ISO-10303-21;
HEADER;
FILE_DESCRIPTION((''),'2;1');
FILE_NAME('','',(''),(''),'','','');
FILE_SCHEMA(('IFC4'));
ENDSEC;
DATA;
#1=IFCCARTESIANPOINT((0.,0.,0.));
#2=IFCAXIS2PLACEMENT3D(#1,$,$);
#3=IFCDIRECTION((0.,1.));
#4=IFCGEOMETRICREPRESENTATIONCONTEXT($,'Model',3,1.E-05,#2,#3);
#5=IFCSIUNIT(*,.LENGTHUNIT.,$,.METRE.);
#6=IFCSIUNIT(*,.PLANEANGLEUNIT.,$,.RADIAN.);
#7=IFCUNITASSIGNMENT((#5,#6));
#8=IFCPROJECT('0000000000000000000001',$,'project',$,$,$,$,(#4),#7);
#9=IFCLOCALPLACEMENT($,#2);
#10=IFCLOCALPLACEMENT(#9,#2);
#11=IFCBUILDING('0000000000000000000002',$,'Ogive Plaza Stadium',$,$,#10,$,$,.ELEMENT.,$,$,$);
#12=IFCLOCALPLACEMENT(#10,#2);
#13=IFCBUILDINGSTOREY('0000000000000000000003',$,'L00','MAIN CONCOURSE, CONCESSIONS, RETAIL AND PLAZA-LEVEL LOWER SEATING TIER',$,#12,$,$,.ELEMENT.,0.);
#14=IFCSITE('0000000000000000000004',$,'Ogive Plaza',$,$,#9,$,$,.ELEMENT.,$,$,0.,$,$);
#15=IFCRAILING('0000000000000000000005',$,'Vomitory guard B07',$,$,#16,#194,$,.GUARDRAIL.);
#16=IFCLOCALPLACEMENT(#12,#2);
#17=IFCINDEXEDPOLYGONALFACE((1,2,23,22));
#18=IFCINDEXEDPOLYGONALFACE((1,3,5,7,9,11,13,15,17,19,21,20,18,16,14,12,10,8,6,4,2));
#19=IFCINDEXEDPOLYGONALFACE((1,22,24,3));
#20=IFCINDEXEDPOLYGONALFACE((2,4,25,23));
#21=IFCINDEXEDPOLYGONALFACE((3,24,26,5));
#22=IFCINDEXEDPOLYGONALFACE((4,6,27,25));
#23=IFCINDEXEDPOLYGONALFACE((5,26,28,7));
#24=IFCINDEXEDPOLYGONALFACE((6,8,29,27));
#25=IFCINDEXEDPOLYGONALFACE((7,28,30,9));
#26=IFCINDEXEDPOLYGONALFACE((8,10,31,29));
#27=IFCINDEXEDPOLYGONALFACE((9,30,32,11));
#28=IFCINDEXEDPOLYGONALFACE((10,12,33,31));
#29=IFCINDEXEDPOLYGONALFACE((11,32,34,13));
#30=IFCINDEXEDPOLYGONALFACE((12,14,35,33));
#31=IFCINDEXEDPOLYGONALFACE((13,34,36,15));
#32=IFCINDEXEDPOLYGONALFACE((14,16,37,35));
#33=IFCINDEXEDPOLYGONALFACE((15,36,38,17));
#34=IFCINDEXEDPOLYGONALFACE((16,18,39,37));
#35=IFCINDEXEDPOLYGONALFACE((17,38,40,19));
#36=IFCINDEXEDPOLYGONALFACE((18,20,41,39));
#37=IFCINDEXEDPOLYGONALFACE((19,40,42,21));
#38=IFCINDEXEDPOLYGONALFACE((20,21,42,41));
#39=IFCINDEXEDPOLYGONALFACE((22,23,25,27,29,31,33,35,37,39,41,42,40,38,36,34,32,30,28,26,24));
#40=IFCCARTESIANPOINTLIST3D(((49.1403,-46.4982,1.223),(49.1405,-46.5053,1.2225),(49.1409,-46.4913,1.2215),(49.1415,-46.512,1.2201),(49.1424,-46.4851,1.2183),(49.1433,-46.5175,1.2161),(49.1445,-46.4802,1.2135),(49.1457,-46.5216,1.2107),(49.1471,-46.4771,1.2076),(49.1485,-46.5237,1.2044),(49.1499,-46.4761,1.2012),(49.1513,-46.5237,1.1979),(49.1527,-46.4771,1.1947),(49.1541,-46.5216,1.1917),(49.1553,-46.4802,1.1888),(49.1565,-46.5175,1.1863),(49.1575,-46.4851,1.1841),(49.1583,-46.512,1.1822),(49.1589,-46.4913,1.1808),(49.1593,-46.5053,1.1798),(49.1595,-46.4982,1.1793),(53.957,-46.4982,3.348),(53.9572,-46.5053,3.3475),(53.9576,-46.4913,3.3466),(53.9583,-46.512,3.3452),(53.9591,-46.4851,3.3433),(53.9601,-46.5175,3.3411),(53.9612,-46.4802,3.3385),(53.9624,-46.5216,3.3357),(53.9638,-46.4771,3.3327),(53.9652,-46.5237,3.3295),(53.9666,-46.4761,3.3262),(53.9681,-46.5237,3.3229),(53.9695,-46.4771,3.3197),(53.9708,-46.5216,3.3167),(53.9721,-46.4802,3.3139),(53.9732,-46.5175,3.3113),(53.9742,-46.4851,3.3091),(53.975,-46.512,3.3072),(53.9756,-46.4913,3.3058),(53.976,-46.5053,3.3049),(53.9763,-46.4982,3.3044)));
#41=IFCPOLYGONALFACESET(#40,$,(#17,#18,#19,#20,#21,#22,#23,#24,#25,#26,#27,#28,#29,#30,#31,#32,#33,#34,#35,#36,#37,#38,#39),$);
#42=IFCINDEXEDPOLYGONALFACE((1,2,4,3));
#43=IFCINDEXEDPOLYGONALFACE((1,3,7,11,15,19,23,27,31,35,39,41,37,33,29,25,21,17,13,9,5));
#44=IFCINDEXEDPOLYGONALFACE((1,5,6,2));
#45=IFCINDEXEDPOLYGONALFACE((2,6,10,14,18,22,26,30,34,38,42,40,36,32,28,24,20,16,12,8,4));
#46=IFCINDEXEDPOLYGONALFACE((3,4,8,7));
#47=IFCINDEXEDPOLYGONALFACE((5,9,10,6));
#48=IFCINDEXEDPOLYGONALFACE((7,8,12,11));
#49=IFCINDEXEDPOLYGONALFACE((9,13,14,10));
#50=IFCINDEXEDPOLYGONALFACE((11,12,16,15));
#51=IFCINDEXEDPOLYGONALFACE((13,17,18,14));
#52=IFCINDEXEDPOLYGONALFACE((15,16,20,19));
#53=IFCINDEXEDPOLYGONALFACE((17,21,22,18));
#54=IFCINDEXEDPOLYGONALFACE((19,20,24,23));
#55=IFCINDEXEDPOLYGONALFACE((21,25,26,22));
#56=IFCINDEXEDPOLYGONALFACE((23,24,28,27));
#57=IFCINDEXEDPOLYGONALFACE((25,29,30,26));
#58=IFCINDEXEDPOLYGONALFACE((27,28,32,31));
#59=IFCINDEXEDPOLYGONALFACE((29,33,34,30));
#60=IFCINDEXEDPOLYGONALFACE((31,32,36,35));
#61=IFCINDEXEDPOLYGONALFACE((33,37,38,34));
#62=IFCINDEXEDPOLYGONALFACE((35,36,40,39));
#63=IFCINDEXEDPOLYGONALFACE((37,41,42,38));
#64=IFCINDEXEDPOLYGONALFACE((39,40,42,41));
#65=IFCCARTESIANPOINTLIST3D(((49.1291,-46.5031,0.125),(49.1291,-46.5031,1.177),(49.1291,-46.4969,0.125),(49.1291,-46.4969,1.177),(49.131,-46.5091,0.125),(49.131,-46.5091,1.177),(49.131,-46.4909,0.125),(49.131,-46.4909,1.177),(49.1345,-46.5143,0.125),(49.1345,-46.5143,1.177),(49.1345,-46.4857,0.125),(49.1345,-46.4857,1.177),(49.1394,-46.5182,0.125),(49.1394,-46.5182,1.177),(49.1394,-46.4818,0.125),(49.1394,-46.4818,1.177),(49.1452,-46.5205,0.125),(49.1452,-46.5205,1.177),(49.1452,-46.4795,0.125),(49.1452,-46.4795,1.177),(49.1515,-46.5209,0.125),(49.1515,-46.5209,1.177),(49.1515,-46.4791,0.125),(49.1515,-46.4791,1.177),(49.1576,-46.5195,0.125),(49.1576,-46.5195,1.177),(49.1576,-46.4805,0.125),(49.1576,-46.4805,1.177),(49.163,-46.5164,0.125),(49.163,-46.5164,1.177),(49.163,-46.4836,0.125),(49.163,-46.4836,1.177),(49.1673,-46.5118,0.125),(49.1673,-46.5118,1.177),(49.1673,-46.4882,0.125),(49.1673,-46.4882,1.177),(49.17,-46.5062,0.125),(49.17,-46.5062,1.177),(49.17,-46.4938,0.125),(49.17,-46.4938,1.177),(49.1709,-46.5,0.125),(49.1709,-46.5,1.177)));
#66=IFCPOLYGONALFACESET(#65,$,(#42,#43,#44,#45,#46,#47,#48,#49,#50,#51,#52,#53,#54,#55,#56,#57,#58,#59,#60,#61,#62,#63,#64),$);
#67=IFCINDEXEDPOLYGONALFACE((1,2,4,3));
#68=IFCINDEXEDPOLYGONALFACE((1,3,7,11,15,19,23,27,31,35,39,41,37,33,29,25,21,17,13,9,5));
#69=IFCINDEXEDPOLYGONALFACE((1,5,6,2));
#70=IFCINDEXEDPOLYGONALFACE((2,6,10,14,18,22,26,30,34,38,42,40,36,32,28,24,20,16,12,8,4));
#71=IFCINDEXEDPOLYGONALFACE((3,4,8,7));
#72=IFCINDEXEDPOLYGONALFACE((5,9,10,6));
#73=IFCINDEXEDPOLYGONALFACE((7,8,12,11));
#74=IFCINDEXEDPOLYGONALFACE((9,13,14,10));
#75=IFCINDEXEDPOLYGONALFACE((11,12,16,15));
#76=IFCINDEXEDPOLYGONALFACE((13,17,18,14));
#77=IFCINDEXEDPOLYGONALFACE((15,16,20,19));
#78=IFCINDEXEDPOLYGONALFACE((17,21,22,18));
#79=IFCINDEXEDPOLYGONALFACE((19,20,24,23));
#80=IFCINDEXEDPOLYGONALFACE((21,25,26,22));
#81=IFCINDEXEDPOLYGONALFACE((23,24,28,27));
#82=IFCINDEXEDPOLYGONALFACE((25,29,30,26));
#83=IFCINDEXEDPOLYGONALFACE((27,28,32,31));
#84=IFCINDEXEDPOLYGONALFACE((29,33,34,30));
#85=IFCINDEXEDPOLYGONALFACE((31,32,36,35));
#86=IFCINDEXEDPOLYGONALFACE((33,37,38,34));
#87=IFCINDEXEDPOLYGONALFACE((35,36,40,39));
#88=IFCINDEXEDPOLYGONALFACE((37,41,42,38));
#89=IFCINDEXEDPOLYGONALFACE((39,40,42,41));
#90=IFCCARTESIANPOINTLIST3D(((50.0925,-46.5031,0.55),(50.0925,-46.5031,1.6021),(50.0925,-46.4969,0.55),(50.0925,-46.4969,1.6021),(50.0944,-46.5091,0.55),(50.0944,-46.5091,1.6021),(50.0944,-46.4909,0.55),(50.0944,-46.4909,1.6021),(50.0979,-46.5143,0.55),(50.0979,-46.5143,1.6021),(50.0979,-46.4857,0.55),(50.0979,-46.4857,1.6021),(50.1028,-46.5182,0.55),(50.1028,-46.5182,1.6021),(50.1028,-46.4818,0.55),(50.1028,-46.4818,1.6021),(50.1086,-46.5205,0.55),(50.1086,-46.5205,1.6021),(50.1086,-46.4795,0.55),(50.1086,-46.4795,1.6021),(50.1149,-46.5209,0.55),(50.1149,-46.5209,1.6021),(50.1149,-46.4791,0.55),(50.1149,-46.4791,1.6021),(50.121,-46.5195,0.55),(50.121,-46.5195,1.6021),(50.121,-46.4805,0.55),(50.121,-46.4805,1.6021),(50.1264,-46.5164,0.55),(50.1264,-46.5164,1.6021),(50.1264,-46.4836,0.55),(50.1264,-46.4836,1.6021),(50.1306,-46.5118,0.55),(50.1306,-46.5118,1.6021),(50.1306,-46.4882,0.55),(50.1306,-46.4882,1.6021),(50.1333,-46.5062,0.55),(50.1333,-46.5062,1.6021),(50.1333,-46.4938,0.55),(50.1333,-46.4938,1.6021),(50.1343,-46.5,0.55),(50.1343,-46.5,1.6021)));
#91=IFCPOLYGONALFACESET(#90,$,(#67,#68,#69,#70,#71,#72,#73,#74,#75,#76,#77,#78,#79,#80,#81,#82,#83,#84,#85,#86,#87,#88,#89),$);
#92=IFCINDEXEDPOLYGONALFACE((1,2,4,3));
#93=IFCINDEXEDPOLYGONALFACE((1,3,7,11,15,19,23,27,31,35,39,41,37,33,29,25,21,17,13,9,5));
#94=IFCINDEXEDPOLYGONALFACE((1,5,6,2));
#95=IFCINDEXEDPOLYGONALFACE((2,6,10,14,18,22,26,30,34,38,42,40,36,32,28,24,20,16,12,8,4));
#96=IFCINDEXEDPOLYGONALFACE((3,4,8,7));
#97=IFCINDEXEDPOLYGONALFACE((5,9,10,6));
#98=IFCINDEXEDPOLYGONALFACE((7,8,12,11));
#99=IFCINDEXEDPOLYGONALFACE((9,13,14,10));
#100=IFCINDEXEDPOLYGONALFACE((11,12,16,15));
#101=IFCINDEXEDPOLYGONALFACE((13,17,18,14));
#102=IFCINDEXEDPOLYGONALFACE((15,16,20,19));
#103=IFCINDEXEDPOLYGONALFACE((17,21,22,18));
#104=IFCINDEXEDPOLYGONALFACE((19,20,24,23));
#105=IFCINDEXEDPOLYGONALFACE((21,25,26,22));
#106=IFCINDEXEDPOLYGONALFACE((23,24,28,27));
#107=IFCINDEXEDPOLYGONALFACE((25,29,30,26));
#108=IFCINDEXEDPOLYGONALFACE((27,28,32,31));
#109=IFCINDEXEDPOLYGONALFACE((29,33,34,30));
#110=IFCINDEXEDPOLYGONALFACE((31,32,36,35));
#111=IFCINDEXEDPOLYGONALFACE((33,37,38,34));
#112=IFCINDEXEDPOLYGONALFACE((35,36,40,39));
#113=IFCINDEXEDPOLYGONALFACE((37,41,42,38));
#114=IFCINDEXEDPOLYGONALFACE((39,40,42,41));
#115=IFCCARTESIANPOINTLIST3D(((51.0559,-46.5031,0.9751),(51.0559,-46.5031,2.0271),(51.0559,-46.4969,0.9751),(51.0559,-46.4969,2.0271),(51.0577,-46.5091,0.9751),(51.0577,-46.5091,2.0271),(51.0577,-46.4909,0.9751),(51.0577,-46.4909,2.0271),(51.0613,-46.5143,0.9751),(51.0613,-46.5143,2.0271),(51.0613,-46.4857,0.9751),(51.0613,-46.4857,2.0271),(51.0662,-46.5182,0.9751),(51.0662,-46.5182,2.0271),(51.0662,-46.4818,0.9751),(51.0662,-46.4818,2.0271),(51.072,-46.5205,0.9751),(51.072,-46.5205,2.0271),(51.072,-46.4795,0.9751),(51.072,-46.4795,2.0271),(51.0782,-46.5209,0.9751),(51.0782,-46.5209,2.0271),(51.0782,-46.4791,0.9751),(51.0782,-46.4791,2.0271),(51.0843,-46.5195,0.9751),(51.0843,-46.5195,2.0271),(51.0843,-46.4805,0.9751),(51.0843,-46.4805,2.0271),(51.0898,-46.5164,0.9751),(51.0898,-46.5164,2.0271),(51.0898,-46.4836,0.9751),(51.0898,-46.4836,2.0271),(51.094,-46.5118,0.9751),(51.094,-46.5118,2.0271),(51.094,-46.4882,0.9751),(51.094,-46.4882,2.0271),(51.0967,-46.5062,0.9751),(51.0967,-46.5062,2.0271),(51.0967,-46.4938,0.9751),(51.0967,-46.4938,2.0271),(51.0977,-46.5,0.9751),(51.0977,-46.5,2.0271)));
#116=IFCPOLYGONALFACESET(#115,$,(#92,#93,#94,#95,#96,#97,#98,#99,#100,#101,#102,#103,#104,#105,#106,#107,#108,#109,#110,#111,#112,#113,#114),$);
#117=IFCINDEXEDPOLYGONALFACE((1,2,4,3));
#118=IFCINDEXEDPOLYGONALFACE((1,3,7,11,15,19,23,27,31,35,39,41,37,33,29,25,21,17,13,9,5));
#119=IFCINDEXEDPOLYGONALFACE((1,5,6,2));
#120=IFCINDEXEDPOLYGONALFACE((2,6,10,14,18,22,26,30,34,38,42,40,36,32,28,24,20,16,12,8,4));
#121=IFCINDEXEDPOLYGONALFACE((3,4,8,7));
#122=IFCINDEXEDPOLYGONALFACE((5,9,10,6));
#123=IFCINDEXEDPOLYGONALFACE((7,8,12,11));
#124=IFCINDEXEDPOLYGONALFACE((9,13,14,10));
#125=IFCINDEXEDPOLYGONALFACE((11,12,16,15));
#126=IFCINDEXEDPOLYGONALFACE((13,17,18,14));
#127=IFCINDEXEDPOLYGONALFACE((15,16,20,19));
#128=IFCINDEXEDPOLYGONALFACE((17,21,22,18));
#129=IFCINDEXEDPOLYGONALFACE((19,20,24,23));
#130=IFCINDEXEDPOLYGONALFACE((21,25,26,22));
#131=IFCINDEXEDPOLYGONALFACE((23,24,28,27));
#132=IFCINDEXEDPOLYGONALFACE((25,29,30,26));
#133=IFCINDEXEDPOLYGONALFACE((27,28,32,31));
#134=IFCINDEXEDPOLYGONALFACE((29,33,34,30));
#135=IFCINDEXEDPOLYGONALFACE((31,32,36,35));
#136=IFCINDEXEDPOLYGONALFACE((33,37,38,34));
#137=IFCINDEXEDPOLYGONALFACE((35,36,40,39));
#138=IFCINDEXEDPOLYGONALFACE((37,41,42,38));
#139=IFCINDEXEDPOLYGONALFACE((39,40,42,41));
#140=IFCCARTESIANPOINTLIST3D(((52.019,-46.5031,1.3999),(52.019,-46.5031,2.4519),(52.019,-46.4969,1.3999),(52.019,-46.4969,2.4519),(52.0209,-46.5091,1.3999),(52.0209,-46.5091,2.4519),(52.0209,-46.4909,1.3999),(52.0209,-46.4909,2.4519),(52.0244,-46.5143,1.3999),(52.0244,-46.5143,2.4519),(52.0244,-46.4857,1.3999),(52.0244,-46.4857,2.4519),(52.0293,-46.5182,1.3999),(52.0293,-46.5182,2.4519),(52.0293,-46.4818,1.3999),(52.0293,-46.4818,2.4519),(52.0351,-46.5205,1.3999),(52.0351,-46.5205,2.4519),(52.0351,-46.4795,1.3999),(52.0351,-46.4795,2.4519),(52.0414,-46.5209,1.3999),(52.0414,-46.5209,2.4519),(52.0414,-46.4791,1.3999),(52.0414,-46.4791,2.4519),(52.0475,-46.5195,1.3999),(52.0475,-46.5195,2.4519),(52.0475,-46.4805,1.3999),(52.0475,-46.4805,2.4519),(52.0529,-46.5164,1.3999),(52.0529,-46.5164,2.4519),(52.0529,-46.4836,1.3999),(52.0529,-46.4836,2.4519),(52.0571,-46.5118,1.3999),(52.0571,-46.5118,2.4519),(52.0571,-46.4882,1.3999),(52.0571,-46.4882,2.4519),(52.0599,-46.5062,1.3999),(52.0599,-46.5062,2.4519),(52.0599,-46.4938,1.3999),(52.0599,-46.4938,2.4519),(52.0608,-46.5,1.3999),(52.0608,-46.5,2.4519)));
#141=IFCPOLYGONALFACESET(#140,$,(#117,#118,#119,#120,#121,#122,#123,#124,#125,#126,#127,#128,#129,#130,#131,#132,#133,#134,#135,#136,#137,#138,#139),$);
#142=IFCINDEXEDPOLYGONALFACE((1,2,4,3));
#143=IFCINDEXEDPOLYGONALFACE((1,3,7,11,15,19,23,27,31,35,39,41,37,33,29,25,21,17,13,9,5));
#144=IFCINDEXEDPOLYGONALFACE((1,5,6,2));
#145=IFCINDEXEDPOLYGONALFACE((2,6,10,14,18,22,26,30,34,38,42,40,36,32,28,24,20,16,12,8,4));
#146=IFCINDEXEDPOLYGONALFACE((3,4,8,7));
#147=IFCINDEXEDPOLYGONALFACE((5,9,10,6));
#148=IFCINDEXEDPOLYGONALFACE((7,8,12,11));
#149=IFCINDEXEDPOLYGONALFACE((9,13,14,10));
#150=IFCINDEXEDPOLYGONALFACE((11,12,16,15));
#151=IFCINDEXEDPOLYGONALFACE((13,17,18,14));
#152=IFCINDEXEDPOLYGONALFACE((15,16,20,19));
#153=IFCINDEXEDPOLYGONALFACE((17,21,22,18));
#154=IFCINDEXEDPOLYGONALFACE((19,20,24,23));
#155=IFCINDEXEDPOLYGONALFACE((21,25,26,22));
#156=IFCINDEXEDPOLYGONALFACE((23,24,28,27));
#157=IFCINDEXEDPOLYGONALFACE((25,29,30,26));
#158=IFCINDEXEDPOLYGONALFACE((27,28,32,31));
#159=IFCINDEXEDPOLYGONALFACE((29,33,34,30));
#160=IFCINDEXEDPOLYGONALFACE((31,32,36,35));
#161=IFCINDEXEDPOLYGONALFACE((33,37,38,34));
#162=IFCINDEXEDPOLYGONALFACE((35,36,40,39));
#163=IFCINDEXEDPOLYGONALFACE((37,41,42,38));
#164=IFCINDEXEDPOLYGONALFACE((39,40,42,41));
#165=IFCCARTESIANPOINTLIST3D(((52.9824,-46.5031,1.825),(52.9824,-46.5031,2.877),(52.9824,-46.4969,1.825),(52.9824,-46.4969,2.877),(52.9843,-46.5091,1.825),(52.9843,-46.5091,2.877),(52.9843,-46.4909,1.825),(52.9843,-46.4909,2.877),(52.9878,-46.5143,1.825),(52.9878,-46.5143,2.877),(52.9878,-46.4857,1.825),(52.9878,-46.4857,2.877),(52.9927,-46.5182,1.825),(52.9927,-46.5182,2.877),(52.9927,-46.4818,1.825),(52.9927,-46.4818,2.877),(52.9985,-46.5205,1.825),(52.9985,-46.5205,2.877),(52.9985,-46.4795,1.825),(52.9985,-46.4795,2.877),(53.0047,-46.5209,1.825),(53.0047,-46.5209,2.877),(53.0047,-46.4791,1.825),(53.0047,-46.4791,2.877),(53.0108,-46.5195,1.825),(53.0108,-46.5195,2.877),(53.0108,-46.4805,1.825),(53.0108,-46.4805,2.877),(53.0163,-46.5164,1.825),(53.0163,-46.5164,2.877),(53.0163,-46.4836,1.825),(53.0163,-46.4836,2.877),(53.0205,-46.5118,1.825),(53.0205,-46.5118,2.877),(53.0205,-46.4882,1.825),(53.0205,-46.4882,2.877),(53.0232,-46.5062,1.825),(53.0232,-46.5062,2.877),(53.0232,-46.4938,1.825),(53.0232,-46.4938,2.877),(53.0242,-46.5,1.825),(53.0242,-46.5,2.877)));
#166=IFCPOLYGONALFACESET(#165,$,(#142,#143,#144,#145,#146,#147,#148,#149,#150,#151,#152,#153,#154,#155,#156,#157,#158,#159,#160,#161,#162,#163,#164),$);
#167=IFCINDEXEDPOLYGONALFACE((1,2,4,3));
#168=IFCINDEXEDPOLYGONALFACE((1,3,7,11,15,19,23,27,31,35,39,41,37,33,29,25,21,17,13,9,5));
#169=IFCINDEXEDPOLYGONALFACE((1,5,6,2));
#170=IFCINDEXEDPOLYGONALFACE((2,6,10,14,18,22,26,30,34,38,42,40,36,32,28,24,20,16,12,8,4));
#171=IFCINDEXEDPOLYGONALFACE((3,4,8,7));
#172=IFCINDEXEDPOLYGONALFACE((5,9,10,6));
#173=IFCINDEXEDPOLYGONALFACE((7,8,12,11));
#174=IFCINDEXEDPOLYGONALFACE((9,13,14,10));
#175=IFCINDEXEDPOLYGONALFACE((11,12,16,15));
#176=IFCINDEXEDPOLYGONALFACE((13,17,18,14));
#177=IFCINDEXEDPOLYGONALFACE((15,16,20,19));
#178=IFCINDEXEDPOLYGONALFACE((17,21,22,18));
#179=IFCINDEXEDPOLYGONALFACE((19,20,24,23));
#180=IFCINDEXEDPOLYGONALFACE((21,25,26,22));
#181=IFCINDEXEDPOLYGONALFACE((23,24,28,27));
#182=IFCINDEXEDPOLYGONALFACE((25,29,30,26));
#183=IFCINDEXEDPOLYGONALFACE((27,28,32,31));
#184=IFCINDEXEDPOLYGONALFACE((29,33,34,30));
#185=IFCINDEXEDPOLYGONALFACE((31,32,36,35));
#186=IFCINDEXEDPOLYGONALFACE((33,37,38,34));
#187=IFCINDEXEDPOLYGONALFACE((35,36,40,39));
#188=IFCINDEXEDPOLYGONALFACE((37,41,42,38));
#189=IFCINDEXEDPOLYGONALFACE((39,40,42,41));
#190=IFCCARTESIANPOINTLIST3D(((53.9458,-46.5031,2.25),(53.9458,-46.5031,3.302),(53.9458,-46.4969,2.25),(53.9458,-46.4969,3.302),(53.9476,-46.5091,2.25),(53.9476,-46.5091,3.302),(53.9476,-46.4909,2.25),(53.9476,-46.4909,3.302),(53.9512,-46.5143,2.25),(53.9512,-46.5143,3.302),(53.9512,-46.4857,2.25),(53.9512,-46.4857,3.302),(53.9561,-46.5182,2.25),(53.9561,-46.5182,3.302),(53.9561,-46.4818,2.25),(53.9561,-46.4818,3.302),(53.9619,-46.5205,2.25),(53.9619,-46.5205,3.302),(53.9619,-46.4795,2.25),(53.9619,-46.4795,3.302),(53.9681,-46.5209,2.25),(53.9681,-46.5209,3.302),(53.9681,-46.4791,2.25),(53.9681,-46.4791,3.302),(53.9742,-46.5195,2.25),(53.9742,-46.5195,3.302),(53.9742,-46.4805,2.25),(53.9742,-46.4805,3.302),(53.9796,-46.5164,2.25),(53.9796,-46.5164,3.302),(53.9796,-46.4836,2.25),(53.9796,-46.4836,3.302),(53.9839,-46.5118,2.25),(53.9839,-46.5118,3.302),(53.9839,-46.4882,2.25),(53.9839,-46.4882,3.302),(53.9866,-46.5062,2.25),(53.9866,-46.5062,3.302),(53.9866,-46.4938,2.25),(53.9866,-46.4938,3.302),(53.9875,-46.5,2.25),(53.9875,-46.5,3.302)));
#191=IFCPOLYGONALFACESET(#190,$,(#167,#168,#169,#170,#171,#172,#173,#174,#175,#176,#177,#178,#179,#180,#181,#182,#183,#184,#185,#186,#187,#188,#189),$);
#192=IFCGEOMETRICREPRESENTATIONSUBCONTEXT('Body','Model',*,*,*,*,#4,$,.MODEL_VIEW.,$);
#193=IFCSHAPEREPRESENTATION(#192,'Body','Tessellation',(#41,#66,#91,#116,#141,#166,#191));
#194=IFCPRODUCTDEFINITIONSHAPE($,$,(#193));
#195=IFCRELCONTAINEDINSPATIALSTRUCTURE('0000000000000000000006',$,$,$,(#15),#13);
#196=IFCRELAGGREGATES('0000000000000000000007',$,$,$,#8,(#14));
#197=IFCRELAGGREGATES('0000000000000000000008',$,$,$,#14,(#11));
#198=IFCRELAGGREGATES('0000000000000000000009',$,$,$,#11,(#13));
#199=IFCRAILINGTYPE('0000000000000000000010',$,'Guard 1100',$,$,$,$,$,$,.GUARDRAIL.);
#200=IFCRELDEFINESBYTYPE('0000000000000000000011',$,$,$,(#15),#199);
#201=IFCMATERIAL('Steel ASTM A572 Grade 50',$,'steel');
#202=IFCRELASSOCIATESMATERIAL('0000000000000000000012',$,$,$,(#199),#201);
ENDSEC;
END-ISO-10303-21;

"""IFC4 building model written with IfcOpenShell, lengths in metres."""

from ifc_helpers import new_model, si_unit, direction, frame, origin, origin_2d, place, context, subcontext, project, spatial, circle, extrude, material, type_object, element, save


model = new_model("IFC4")

# Units and contexts
model_context = context("Model", 3, precision=1e-05, world=origin(), true_north=direction((0.0, 1.0)))
body_context = subcontext(model_context, "Body", "Model", "MODEL_VIEW")
ifc_project = project(units=[si_unit("LENGTHUNIT", "METRE"), si_unit("PLANEANGLEUNIT", "RADIAN")], contexts=[model_context])

# Site, building, storey
site_placement = place(None, origin())
site = spatial("IfcSite", under=ifc_project, at=site_placement, Name="Ogive Plaza", CompositionType="ELEMENT", RefElevation=0.0)
building_placement = place(site_placement, origin())
building = spatial("IfcBuilding", under=site, at=building_placement, Name="Ogive Plaza Stadium", CompositionType="ELEMENT")
storey_placement = place(building_placement, origin())
storey = spatial("IfcBuildingStorey", under=building, at=storey_placement, Name="L00", Description="MAIN CONCOURSE, CONCESSIONS, RETAIL AND PLAZA-LEVEL LOWER SEATING TIER", CompositionType="ELEMENT", Elevation=0.0)

# Railing
ifc_material_1 = material(Name="Steel ASTM A572 Grade 50", Category="steel")
railing_type = type_object("IfcRailingType", Name="Guard 1100", PredefinedType="GUARDRAIL", material=ifc_material_1)
for number, where, name in (
    (1, (49.1499, -46.5, 0.125), "Vomitory guard B07"),
):
    element("IfcRailing", number, at=place(storey_placement, frame(where)), inside=storey, type_object=railing_type, Name=name, PredefinedType="GUARDRAIL", context=body_context, shape_type="SweptSolid", body=[
        extrude(circle(Radius=0.0239, at=origin_2d()), frame((0.0, 0.0, 1.0762), z_axis=(0.914917, 0.0, 0.403641), x_axis=(0.0, 1.0, 0.0)), (0.0, 0.0, 1.0), 5.2646),
        extrude(circle(Radius=0.021, at=origin_2d()), origin(), (0.0, 0.0, 1.0), 1.052),
        extrude(circle(Radius=0.021, at=origin_2d()), frame((0.9634, 0.0, 0.425)), (0.0, 0.0, 1.0), 1.052),
        extrude(circle(Radius=0.021, at=origin_2d()), frame((1.9268, 0.0, 0.8501)), (0.0, 0.0, 1.0), 1.052),
        extrude(circle(Radius=0.021, at=origin_2d()), frame((2.8899, 0.0, 1.2749)), (0.0, 0.0, 1.0), 1.052),
        extrude(circle(Radius=0.021, at=origin_2d()), frame((3.8533, 0.0, 1.7)), (0.0, 0.0, 1.0), 1.052),
        extrude(circle(Radius=0.021, at=origin_2d()), frame((4.8167, 0.0, 2.125)), (0.0, 0.0, 1.0), 1.052),
    ])

save(model, "model.ifc")
